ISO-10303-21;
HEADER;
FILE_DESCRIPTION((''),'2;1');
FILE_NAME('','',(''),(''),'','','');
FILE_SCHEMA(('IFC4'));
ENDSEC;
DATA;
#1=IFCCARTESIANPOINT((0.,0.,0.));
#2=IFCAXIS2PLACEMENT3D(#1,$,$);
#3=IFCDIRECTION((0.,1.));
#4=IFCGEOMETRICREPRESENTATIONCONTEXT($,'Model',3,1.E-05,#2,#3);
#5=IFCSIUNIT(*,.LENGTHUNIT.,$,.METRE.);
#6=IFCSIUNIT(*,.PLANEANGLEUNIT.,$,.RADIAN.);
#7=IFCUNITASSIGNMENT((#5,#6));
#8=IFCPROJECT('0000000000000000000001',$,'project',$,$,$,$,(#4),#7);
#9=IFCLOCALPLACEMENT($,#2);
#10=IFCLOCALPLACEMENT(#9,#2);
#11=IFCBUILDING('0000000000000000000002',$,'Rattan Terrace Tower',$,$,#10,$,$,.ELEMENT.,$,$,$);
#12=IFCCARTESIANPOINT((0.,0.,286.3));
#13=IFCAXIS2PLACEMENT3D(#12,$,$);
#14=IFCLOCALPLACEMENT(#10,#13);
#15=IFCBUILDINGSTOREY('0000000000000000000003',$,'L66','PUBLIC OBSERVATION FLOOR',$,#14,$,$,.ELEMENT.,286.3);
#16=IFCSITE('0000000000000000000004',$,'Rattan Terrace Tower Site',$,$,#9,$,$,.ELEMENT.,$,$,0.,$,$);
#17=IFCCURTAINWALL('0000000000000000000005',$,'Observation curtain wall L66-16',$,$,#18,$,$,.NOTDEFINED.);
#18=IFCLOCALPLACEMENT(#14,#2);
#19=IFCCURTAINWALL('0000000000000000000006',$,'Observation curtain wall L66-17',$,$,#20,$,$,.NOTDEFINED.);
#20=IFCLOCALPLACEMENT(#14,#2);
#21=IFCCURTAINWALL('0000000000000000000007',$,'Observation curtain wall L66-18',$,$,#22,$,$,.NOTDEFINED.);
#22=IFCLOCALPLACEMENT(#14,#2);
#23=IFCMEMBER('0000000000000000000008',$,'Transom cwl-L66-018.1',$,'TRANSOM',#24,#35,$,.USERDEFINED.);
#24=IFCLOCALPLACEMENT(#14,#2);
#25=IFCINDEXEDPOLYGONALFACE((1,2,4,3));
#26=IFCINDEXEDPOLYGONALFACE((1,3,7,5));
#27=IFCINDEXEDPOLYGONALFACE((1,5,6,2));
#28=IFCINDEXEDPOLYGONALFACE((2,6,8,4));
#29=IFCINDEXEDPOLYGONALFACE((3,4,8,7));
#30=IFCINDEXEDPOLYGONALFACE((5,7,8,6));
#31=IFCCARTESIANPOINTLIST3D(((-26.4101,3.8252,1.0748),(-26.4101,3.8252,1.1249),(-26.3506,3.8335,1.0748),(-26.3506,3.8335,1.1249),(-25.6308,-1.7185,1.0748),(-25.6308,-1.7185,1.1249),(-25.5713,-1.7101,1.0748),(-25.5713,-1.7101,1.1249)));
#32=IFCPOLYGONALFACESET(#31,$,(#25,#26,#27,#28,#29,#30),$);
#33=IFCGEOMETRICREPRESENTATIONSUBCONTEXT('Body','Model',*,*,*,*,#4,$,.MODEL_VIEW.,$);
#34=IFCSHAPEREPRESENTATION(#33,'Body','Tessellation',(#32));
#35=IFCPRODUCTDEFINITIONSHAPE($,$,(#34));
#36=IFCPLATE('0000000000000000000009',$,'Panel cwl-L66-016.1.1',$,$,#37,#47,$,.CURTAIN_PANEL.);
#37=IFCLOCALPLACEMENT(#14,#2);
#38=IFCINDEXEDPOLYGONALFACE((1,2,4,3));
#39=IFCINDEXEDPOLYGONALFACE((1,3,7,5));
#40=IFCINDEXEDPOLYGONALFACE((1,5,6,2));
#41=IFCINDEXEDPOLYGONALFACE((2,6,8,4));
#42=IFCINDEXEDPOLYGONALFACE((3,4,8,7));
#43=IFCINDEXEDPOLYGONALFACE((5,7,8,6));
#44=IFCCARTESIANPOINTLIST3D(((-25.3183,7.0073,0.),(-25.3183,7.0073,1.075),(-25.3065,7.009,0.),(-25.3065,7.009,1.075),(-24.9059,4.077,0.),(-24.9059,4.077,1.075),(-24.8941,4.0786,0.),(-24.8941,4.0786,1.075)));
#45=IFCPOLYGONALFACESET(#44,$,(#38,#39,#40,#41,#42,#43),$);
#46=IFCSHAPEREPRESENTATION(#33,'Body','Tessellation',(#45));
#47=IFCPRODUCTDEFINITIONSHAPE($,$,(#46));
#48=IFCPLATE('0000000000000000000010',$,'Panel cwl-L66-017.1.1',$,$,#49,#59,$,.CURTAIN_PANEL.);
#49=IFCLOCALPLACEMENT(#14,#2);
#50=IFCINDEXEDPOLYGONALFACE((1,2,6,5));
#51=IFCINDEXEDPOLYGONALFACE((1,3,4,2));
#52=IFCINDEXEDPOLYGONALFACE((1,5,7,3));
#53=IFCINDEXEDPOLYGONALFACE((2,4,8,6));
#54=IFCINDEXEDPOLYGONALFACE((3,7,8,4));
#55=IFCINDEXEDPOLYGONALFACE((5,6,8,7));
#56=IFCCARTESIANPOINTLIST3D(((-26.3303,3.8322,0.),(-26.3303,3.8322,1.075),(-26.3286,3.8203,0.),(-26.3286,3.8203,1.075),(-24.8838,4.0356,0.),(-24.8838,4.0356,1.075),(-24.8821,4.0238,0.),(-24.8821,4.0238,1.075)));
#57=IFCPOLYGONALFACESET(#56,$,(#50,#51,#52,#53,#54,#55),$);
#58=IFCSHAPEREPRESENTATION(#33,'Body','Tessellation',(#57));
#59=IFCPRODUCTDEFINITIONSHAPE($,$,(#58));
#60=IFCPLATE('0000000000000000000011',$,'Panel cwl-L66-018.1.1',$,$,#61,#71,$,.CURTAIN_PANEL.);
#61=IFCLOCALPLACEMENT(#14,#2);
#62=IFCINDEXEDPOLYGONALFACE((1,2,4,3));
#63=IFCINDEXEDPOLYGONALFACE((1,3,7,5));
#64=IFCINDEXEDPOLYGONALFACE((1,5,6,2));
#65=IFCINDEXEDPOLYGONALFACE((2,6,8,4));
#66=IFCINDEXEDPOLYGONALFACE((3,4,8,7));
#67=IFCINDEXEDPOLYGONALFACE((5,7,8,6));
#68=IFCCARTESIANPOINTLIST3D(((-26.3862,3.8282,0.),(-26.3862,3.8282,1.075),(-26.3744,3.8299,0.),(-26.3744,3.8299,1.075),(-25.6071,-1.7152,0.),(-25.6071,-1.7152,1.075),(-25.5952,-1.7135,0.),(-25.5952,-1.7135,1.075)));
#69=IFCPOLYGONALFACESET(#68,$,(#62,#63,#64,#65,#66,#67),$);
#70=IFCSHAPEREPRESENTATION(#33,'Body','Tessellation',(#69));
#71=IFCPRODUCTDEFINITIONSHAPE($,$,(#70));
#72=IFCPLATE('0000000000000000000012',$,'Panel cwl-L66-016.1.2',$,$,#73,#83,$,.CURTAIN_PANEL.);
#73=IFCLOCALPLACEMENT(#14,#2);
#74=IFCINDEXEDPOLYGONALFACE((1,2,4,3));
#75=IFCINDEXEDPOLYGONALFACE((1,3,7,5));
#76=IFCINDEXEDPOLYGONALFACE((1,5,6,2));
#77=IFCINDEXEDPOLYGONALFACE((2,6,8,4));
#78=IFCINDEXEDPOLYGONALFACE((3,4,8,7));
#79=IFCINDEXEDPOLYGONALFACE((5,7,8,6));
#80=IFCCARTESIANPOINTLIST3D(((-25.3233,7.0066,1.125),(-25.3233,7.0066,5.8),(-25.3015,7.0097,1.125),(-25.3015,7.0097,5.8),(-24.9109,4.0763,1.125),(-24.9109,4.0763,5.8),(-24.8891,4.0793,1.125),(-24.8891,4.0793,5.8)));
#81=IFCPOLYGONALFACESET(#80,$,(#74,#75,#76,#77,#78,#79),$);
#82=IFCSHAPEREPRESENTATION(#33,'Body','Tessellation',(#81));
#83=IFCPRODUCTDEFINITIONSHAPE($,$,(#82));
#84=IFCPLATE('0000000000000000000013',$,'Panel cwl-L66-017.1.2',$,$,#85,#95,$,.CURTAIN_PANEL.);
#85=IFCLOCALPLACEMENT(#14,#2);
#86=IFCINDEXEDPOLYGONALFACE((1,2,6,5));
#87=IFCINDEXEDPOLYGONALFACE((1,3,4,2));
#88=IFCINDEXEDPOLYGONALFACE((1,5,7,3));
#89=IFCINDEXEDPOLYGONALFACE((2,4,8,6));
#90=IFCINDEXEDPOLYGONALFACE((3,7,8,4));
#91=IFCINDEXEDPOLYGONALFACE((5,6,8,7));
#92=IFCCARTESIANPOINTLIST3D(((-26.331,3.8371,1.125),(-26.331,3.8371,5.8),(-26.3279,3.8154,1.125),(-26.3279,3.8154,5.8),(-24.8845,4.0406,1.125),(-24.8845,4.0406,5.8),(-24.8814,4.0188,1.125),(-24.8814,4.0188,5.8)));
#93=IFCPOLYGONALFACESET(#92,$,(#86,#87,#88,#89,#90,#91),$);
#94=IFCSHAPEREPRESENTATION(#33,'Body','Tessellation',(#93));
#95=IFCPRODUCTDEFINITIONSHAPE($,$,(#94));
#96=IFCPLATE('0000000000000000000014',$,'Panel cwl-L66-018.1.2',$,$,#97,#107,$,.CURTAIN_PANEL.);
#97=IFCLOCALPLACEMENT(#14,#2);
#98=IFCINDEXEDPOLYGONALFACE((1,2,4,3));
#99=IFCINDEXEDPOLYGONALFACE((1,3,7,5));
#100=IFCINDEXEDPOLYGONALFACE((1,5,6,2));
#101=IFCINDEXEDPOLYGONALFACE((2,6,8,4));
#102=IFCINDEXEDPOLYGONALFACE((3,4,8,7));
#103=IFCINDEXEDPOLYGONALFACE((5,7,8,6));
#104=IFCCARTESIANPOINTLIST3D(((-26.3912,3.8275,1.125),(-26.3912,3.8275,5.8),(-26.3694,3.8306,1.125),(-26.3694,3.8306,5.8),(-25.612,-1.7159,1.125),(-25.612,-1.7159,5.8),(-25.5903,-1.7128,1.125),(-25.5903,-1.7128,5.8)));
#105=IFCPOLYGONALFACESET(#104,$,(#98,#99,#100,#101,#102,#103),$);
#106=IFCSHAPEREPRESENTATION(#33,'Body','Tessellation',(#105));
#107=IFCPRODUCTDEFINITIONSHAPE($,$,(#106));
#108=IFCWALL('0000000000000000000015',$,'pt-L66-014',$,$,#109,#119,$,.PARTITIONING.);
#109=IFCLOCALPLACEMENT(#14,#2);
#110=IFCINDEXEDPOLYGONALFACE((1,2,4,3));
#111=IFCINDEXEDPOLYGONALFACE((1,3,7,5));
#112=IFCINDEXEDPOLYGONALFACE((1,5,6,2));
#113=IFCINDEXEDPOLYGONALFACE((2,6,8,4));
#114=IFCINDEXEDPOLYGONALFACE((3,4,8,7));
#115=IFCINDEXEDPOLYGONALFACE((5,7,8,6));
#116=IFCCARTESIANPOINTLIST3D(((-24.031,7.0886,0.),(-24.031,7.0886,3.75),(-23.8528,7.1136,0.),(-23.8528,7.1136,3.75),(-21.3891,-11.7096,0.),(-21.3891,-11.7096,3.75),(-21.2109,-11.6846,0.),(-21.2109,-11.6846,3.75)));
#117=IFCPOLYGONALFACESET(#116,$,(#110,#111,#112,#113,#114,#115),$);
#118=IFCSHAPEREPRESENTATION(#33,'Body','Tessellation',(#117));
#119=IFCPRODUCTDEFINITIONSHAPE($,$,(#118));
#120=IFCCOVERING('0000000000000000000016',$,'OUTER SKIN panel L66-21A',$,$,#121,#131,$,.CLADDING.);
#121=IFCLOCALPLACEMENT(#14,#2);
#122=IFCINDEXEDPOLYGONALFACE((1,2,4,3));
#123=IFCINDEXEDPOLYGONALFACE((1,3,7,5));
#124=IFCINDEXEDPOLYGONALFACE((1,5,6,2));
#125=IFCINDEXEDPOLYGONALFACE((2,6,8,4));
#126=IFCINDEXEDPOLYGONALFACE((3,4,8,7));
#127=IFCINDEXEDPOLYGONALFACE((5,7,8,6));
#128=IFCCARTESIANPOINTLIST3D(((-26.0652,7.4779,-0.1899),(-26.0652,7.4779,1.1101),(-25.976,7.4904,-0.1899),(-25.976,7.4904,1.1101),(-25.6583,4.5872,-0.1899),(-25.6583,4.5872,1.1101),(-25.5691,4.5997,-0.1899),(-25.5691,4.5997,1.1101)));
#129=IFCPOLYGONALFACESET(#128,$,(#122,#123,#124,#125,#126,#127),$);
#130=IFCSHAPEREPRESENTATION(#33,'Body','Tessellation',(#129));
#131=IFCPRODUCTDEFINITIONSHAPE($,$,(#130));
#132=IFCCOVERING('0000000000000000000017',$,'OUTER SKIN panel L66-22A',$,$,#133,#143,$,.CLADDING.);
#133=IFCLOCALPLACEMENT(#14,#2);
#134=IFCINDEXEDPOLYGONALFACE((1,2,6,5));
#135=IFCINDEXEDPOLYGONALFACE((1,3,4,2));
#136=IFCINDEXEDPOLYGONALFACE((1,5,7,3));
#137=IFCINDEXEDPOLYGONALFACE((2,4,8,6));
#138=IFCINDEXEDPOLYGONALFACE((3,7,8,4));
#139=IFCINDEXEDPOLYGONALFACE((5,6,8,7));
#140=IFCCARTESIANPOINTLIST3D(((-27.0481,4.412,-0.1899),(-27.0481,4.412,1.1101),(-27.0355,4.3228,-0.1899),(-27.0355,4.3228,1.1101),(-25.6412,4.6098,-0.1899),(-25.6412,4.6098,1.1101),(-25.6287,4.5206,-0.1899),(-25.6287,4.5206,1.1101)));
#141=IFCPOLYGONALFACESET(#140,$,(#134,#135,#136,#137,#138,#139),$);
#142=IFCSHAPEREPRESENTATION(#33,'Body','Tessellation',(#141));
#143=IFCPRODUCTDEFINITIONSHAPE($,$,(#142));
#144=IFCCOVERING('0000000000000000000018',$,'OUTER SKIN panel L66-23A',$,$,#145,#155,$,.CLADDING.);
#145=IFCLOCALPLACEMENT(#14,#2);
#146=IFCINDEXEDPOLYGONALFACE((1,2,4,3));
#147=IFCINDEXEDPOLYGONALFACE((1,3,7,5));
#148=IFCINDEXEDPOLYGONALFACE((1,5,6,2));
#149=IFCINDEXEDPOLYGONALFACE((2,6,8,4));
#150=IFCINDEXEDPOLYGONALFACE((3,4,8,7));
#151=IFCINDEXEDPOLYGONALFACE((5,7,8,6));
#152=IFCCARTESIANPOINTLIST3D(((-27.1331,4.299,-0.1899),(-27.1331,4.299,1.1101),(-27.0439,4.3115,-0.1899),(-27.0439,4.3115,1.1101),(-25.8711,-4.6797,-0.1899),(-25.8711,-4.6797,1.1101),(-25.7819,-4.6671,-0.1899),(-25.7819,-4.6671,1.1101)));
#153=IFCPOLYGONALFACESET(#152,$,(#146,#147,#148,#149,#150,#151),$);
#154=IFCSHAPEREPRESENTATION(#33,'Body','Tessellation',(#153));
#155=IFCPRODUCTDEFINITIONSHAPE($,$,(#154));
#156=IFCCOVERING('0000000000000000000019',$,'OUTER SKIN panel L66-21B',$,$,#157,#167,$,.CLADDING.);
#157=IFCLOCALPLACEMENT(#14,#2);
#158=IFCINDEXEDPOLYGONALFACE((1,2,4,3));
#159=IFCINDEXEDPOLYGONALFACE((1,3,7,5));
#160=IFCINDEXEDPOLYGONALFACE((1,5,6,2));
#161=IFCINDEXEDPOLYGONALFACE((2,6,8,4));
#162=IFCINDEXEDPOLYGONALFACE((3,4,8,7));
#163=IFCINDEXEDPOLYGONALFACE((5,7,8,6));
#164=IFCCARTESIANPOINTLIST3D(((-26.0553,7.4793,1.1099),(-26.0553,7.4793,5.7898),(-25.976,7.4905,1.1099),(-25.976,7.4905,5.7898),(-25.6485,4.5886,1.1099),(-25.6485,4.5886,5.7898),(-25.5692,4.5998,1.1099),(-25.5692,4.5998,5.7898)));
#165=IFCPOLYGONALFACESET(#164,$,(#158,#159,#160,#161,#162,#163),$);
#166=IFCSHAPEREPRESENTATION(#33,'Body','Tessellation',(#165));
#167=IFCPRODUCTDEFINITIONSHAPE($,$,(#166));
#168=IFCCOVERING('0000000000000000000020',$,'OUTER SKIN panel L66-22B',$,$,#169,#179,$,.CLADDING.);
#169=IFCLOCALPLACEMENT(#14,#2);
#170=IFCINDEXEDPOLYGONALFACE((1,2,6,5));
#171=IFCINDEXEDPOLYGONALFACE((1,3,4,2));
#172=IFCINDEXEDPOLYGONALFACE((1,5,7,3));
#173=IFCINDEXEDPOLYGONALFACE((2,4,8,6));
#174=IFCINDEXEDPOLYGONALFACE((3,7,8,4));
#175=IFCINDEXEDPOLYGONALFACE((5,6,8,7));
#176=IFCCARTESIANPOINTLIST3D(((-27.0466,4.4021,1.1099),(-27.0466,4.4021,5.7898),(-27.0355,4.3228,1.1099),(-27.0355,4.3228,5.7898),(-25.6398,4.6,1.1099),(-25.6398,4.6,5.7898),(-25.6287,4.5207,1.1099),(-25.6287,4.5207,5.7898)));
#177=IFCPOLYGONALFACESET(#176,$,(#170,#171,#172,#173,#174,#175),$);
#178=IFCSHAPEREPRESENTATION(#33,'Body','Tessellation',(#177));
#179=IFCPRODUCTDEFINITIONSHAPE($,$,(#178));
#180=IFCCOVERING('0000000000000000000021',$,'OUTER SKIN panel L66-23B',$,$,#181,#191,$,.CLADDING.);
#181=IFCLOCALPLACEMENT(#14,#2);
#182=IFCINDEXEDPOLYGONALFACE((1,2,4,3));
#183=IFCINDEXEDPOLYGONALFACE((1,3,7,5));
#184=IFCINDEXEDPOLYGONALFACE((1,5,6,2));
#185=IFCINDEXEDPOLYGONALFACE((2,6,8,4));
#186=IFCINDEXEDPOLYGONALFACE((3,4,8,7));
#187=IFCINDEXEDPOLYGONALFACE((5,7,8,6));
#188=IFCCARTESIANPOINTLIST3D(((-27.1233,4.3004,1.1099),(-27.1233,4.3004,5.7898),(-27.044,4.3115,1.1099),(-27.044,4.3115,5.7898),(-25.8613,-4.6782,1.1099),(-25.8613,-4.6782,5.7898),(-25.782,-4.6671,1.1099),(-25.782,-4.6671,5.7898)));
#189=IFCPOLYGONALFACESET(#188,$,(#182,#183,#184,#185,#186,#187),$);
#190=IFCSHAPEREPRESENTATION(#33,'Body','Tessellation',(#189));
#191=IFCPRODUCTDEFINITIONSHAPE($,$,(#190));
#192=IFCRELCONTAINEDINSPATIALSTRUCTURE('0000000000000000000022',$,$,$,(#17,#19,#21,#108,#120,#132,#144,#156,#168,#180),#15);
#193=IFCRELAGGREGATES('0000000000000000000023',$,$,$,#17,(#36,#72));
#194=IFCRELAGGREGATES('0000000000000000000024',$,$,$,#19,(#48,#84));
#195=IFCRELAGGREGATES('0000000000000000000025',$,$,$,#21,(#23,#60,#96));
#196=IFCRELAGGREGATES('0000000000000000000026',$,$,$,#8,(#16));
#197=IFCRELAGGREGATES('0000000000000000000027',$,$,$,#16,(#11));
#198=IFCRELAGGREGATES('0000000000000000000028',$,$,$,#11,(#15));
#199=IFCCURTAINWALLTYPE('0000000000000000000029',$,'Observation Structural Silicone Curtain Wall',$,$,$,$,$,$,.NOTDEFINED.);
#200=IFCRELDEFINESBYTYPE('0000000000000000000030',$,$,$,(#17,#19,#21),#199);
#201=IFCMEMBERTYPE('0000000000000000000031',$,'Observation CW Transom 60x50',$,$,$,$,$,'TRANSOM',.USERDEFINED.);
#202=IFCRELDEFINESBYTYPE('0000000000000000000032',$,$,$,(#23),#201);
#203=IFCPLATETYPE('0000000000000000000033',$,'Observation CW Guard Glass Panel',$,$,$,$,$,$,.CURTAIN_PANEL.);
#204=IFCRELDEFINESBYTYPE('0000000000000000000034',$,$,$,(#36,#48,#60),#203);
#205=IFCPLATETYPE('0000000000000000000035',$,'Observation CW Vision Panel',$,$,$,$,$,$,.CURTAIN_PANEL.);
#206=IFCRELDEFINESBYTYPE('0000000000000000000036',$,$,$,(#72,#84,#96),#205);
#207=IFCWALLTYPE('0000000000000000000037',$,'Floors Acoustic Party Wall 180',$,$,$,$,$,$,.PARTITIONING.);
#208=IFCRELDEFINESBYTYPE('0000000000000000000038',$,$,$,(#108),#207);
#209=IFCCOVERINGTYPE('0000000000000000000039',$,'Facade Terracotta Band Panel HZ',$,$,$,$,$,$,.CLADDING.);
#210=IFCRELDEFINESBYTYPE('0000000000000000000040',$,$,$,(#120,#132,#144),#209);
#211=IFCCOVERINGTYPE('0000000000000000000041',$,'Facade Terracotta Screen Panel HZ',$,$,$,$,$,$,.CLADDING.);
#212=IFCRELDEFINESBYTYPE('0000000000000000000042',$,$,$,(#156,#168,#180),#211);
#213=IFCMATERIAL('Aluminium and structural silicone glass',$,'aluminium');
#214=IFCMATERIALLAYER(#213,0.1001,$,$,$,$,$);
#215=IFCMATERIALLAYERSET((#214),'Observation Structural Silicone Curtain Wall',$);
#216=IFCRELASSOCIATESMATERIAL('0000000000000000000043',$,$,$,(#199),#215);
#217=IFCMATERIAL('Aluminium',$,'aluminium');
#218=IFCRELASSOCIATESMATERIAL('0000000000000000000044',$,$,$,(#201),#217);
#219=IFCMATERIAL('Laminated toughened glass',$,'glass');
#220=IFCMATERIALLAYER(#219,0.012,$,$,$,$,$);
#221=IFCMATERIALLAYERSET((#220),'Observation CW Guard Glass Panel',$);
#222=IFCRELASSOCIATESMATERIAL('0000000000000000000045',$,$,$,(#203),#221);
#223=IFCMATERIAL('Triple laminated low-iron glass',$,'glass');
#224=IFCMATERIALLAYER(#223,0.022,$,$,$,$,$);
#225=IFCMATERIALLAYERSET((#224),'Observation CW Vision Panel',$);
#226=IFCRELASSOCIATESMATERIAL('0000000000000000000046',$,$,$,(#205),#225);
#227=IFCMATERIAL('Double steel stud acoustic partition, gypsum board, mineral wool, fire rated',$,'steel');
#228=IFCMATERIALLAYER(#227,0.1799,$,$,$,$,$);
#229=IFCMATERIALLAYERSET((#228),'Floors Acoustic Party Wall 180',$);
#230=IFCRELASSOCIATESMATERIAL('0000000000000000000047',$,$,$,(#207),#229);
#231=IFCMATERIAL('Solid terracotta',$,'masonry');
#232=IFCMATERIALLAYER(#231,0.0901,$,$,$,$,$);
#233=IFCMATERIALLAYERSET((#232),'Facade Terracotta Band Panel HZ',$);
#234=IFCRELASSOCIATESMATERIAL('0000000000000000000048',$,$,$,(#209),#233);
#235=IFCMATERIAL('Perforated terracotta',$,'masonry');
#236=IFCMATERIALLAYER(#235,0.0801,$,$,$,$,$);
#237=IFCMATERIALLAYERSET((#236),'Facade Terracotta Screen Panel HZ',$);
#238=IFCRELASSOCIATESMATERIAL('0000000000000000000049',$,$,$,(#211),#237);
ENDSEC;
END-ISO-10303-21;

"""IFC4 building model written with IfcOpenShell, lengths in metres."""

from ifc_helpers import new_model, si_unit, direction, frame, frame_2d, origin, origin_2d, place, context, subcontext, project, spatial, rectangle, extrude, material, layer, layer_set, material_profile, profile_set, type_object, element, aggregate, save


model = new_model("IFC4")

# Units and contexts
model_context = context("Model", 3, precision=1e-05, world=origin(), true_north=direction((0.0, 1.0)))
body_context = subcontext(model_context, "Body", "Model", "MODEL_VIEW")
ifc_project = project(units=[si_unit("LENGTHUNIT", "METRE"), si_unit("PLANEANGLEUNIT", "RADIAN")], contexts=[model_context])

# Site, building, storey
site_placement = place(None, origin())
site = spatial("IfcSite", under=ifc_project, at=site_placement, Name="Rattan Terrace Tower Site", CompositionType="ELEMENT", RefElevation=0.0)
building_placement = place(site_placement, origin())
building = spatial("IfcBuilding", under=site, at=building_placement, Name="Rattan Terrace Tower", CompositionType="ELEMENT")
storey_placement = place(building_placement, frame((0.0, 0.0, 286.3)))
storey = spatial("IfcBuildingStorey", under=building, at=storey_placement, Name="L66", Description="PUBLIC OBSERVATION FLOOR", CompositionType="ELEMENT", Elevation=286.3)

# Curtain walls
ifc_material_1 = material(Name="Aluminium and structural silicone glass", Category="aluminium")
ifc_layer_1 = layer(ifc_material_1, 0.1001)
ifc_layer_set_1 = layer_set([ifc_layer_1], Name="Observation Structural Silicone Curtain Wall")
curtain_wall_type = type_object("IfcCurtainWallType", Name="Observation Structural Silicone Curtain Wall", PredefinedType="NOTDEFINED", material=ifc_layer_set_1)
curtain_wall_1_placement = place(storey_placement, origin())
curtain_wall_1 = element("IfcCurtainWall", 1, at=curtain_wall_1_placement, inside=storey, type_object=curtain_wall_type, Name="Observation curtain wall L66-16", PredefinedType="NOTDEFINED")
curtain_wall_2_placement = place(storey_placement, origin())
curtain_wall_2 = element("IfcCurtainWall", 2, at=curtain_wall_2_placement, inside=storey, type_object=curtain_wall_type, Name="Observation curtain wall L66-17", PredefinedType="NOTDEFINED")
curtain_wall_3_placement = place(storey_placement, origin())
curtain_wall_3 = element("IfcCurtainWall", 3, at=curtain_wall_3_placement, inside=storey, type_object=curtain_wall_type, Name="Observation curtain wall L66-18", PredefinedType="NOTDEFINED")

# Member
ifc_material_2 = material(Name="Aluminium", Category="aluminium")
ifc_material_profile_1 = material_profile(ifc_material_2, rectangle(XDim=0.0601, YDim=0.05, at=origin_2d()), Name="Aluminium 60x50")
ifc_profile_set_1 = profile_set([ifc_material_profile_1], Name="Aluminium")
member_type_1 = type_object("IfcMemberType", Name="Observation CW Transom 60x50", ElementType="TRANSOM", PredefinedType="USERDEFINED", material=ifc_profile_set_1)
member_1_placement = place(storey_placement, frame((-26.3804, 3.8293, 1.0999), z_axis=(0.139205, -0.990264, 0.0), x_axis=(0.990264, 0.139205, 0.0)))
member_1 = element("IfcMember", 4, at=member_1_placement, type_object=member_type_1, Name="Transom cwl-L66-018.1", ObjectType="TRANSOM", PredefinedType="USERDEFINED", context=body_context, shape_type="SweptSolid", body=[
    extrude(rectangle(XDim=0.0601, YDim=0.05, at=origin_2d()), origin(), (0.0, 0.0, 1.0), 5.5981),
])

# Plates
ifc_material_3 = material(Name="Laminated toughened glass", Category="glass")
ifc_layer_2 = layer(ifc_material_3, 0.012)
ifc_layer_set_2 = layer_set([ifc_layer_2], Name="Observation CW Guard Glass Panel")
plate_type_1 = type_object("IfcPlateType", Name="Observation CW Guard Glass Panel", PredefinedType="CURTAIN_PANEL", material=ifc_layer_set_2)
plate_1_placement = place(storey_placement, frame((-25.1062, 5.543, 0.0), z_axis=(0.0, 0.0, 1.0), x_axis=(0.139367, -0.990241, 0.0)))
plate_1 = element("IfcPlate", 5, at=plate_1_placement, type_object=plate_type_1, Name="Panel cwl-L66-016.1.1", PredefinedType="CURTAIN_PANEL", context=body_context, shape_type="SweptSolid", body=[
    extrude(rectangle(XDim=2.9592, YDim=0.012, at=origin_2d()), origin(), (0.0, 0.0, 1.0), 1.075),
])
plate_2_placement = place(storey_placement, frame((-25.6062, 3.928, 0.0), z_axis=(0.0, 0.0, 1.0), x_axis=(-0.990254, -0.139275, 0.0)))
plate_2 = element("IfcPlate", 6, at=plate_2_placement, type_object=plate_type_1, Name="Panel cwl-L66-017.1.1", PredefinedType="CURTAIN_PANEL", context=body_context, shape_type="SweptSolid", body=[
    extrude(rectangle(XDim=1.4607, YDim=0.012, at=origin_2d()), origin(), (0.0, 0.0, 1.0), 1.075),
])
plate_3_placement = place(storey_placement, frame((-25.9907, 1.0574, 0.0), z_axis=(0.0, 0.0, 1.0), x_axis=(0.139192, -0.990265, 0.0)))
plate_3 = element("IfcPlate", 7, at=plate_3_placement, type_object=plate_type_1, Name="Panel cwl-L66-018.1.1", PredefinedType="CURTAIN_PANEL", context=body_context, shape_type="SweptSolid", body=[
    extrude(rectangle(XDim=5.5979, YDim=0.012, at=origin_2d()), origin(), (0.0, 0.0, 1.0), 1.075),
])
ifc_material_4 = material(Name="Triple laminated low-iron glass", Category="glass")
ifc_layer_3 = layer(ifc_material_4, 0.022)
ifc_layer_set_3 = layer_set([ifc_layer_3], Name="Observation CW Vision Panel")
plate_type_2 = type_object("IfcPlateType", Name="Observation CW Vision Panel", PredefinedType="CURTAIN_PANEL", material=ifc_layer_set_3)
plate_4_placement = place(storey_placement, frame((-25.1062, 5.543, 1.125), z_axis=(0.0, 0.0, 1.0), x_axis=(0.139367, -0.990241, 0.0)))
plate_4 = element("IfcPlate", 8, at=plate_4_placement, type_object=plate_type_2, Name="Panel cwl-L66-016.1.2", PredefinedType="CURTAIN_PANEL", context=body_context, shape_type="SweptSolid", body=[
    extrude(rectangle(XDim=2.9592, YDim=0.022, at=origin_2d()), origin(), (0.0, 0.0, 1.0), 4.675),
])
aggregate(curtain_wall_1, [plate_1, plate_4])
plate_5_placement = place(storey_placement, frame((-25.6062, 3.928, 1.125), z_axis=(0.0, 0.0, 1.0), x_axis=(-0.990254, -0.139275, 0.0)))
plate_5 = element("IfcPlate", 9, at=plate_5_placement, type_object=plate_type_2, Name="Panel cwl-L66-017.1.2", PredefinedType="CURTAIN_PANEL", context=body_context, shape_type="SweptSolid", body=[
    extrude(rectangle(XDim=1.4607, YDim=0.022, at=origin_2d()), origin(), (0.0, 0.0, 1.0), 4.675),
])
aggregate(curtain_wall_2, [plate_2, plate_5])
plate_6_placement = place(storey_placement, frame((-25.9907, 1.0574, 1.125), z_axis=(0.0, 0.0, 1.0), x_axis=(0.139192, -0.990265, 0.0)))
plate_6 = element("IfcPlate", 10, at=plate_6_placement, type_object=plate_type_2, Name="Panel cwl-L66-018.1.2", PredefinedType="CURTAIN_PANEL", context=body_context, shape_type="SweptSolid", body=[
    extrude(rectangle(XDim=5.5979, YDim=0.022, at=origin_2d()), origin(), (0.0, 0.0, 1.0), 4.675),
])
aggregate(curtain_wall_3, [member_1, plate_3, plate_6])

# Wall
ifc_material_5 = material(Name="Double steel stud acoustic partition, gypsum board, mineral wool, fire rated", Category="steel")
ifc_layer_4 = layer(ifc_material_5, 0.1799)
ifc_layer_set_4 = layer_set([ifc_layer_4], Name="Floors Acoustic Party Wall 180")
wall_type = type_object("IfcWallType", Name="Floors Acoustic Party Wall 180", PredefinedType="PARTITIONING", material=ifc_layer_set_4)
wall_placement = place(storey_placement, frame((-23.9419, 7.1011, 0.0), z_axis=(0.0, 0.0, 1.0), x_axis=(0.13917, -0.990268, 0.0)))
element("IfcWall", 11, at=wall_placement, inside=storey, type_object=wall_type, Name="pt-L66-014", PredefinedType="PARTITIONING", context=body_context, shape_type="SweptSolid", body=[
    extrude(rectangle(XDim=18.9829, YDim=0.1799, at=frame_2d((9.4915, 0.0))), origin(), (0.0, 0.0, 1.0), 3.75),
])

# Coverings
ifc_material_6 = material(Name="Solid terracotta", Category="masonry")
ifc_layer_5 = layer(ifc_material_6, 0.0901)
ifc_layer_set_5 = layer_set([ifc_layer_5], Name="Facade Terracotta Band Panel HZ")
covering_type_1 = type_object("IfcCoveringType", Name="Facade Terracotta Band Panel HZ", PredefinedType="CLADDING", material=ifc_layer_set_5)
covering_1_placement = place(storey_placement, frame((-25.8171, 6.0388, -0.1899), z_axis=(0.0, 0.0, 1.0), x_axis=(0.139367, -0.990241, 0.0)))
element("IfcCovering", 12, at=covering_1_placement, inside=storey, type_object=covering_type_1, Name="OUTER SKIN panel L66-21A", PredefinedType="CLADDING", context=body_context, shape_type="SweptSolid", body=[
    extrude(rectangle(XDim=2.9192, YDim=0.0901, at=origin_2d()), origin(), (0.0, 0.0, 1.0), 1.3),
])
covering_2_placement = place(storey_placement, frame((-26.3384, 4.4663, -0.1899), z_axis=(0.0, 0.0, 1.0), x_axis=(-0.990254, -0.139275, 0.0)))
element("IfcCovering", 13, at=covering_2_placement, inside=storey, type_object=covering_type_1, Name="OUTER SKIN panel L66-22A", PredefinedType="CLADDING", context=body_context, shape_type="SweptSolid", body=[
    extrude(rectangle(XDim=1.4207, YDim=0.0901, at=origin_2d()), origin(), (0.0, 0.0, 1.0), 1.3),
])
covering_3_placement = place(storey_placement, frame((-26.4575, -0.1841, -0.1899), z_axis=(0.0, 0.0, 1.0), x_axis=(0.139192, -0.990265, 0.0)))
element("IfcCovering", 14, at=covering_3_placement, inside=storey, type_object=covering_type_1, Name="OUTER SKIN panel L66-23A", PredefinedType="CLADDING", context=body_context, shape_type="SweptSolid", body=[
    extrude(rectangle(XDim=9.0669, YDim=0.0901, at=origin_2d()), origin(), (0.0, 0.0, 1.0), 1.3),
])
ifc_material_7 = material(Name="Perforated terracotta", Category="masonry")
ifc_layer_6 = layer(ifc_material_7, 0.0801)
ifc_layer_set_6 = layer_set([ifc_layer_6], Name="Facade Terracotta Screen Panel HZ")
covering_type_2 = type_object("IfcCoveringType", Name="Facade Terracotta Screen Panel HZ", PredefinedType="CLADDING", material=ifc_layer_set_6)
covering_4_placement = place(storey_placement, frame((-25.8123, 6.0396, 1.1099), z_axis=(0.0, 0.0, 1.0), x_axis=(0.139367, -0.990241, 0.0)))
element("IfcCovering", 15, at=covering_4_placement, inside=storey, type_object=covering_type_2, Name="OUTER SKIN panel L66-21B", PredefinedType="CLADDING", context=body_context, shape_type="SweptSolid", body=[
    extrude(rectangle(XDim=2.9192, YDim=0.0801, at=origin_2d()), origin(), (0.0, 0.0, 1.0), 4.6799),
])
covering_5_placement = place(storey_placement, frame((-26.3376, 4.4614, 1.1099), z_axis=(0.0, 0.0, 1.0), x_axis=(-0.990254, -0.139275, 0.0)))
element("IfcCovering", 16, at=covering_5_placement, inside=storey, type_object=covering_type_2, Name="OUTER SKIN panel L66-22B", PredefinedType="CLADDING", context=body_context, shape_type="SweptSolid", body=[
    extrude(rectangle(XDim=1.4207, YDim=0.0801, at=origin_2d()), origin(), (0.0, 0.0, 1.0), 4.6799),
])
covering_6_placement = place(storey_placement, frame((-26.4526, -0.1833, 1.1099), z_axis=(0.0, 0.0, 1.0), x_axis=(0.139192, -0.990265, 0.0)))
element("IfcCovering", 17, at=covering_6_placement, inside=storey, type_object=covering_type_2, Name="OUTER SKIN panel L66-23B", PredefinedType="CLADDING", context=body_context, shape_type="SweptSolid", body=[
    extrude(rectangle(XDim=9.0669, YDim=0.0801, at=origin_2d()), origin(), (0.0, 0.0, 1.0), 4.6799),
])

save(model, "model.ifc")
